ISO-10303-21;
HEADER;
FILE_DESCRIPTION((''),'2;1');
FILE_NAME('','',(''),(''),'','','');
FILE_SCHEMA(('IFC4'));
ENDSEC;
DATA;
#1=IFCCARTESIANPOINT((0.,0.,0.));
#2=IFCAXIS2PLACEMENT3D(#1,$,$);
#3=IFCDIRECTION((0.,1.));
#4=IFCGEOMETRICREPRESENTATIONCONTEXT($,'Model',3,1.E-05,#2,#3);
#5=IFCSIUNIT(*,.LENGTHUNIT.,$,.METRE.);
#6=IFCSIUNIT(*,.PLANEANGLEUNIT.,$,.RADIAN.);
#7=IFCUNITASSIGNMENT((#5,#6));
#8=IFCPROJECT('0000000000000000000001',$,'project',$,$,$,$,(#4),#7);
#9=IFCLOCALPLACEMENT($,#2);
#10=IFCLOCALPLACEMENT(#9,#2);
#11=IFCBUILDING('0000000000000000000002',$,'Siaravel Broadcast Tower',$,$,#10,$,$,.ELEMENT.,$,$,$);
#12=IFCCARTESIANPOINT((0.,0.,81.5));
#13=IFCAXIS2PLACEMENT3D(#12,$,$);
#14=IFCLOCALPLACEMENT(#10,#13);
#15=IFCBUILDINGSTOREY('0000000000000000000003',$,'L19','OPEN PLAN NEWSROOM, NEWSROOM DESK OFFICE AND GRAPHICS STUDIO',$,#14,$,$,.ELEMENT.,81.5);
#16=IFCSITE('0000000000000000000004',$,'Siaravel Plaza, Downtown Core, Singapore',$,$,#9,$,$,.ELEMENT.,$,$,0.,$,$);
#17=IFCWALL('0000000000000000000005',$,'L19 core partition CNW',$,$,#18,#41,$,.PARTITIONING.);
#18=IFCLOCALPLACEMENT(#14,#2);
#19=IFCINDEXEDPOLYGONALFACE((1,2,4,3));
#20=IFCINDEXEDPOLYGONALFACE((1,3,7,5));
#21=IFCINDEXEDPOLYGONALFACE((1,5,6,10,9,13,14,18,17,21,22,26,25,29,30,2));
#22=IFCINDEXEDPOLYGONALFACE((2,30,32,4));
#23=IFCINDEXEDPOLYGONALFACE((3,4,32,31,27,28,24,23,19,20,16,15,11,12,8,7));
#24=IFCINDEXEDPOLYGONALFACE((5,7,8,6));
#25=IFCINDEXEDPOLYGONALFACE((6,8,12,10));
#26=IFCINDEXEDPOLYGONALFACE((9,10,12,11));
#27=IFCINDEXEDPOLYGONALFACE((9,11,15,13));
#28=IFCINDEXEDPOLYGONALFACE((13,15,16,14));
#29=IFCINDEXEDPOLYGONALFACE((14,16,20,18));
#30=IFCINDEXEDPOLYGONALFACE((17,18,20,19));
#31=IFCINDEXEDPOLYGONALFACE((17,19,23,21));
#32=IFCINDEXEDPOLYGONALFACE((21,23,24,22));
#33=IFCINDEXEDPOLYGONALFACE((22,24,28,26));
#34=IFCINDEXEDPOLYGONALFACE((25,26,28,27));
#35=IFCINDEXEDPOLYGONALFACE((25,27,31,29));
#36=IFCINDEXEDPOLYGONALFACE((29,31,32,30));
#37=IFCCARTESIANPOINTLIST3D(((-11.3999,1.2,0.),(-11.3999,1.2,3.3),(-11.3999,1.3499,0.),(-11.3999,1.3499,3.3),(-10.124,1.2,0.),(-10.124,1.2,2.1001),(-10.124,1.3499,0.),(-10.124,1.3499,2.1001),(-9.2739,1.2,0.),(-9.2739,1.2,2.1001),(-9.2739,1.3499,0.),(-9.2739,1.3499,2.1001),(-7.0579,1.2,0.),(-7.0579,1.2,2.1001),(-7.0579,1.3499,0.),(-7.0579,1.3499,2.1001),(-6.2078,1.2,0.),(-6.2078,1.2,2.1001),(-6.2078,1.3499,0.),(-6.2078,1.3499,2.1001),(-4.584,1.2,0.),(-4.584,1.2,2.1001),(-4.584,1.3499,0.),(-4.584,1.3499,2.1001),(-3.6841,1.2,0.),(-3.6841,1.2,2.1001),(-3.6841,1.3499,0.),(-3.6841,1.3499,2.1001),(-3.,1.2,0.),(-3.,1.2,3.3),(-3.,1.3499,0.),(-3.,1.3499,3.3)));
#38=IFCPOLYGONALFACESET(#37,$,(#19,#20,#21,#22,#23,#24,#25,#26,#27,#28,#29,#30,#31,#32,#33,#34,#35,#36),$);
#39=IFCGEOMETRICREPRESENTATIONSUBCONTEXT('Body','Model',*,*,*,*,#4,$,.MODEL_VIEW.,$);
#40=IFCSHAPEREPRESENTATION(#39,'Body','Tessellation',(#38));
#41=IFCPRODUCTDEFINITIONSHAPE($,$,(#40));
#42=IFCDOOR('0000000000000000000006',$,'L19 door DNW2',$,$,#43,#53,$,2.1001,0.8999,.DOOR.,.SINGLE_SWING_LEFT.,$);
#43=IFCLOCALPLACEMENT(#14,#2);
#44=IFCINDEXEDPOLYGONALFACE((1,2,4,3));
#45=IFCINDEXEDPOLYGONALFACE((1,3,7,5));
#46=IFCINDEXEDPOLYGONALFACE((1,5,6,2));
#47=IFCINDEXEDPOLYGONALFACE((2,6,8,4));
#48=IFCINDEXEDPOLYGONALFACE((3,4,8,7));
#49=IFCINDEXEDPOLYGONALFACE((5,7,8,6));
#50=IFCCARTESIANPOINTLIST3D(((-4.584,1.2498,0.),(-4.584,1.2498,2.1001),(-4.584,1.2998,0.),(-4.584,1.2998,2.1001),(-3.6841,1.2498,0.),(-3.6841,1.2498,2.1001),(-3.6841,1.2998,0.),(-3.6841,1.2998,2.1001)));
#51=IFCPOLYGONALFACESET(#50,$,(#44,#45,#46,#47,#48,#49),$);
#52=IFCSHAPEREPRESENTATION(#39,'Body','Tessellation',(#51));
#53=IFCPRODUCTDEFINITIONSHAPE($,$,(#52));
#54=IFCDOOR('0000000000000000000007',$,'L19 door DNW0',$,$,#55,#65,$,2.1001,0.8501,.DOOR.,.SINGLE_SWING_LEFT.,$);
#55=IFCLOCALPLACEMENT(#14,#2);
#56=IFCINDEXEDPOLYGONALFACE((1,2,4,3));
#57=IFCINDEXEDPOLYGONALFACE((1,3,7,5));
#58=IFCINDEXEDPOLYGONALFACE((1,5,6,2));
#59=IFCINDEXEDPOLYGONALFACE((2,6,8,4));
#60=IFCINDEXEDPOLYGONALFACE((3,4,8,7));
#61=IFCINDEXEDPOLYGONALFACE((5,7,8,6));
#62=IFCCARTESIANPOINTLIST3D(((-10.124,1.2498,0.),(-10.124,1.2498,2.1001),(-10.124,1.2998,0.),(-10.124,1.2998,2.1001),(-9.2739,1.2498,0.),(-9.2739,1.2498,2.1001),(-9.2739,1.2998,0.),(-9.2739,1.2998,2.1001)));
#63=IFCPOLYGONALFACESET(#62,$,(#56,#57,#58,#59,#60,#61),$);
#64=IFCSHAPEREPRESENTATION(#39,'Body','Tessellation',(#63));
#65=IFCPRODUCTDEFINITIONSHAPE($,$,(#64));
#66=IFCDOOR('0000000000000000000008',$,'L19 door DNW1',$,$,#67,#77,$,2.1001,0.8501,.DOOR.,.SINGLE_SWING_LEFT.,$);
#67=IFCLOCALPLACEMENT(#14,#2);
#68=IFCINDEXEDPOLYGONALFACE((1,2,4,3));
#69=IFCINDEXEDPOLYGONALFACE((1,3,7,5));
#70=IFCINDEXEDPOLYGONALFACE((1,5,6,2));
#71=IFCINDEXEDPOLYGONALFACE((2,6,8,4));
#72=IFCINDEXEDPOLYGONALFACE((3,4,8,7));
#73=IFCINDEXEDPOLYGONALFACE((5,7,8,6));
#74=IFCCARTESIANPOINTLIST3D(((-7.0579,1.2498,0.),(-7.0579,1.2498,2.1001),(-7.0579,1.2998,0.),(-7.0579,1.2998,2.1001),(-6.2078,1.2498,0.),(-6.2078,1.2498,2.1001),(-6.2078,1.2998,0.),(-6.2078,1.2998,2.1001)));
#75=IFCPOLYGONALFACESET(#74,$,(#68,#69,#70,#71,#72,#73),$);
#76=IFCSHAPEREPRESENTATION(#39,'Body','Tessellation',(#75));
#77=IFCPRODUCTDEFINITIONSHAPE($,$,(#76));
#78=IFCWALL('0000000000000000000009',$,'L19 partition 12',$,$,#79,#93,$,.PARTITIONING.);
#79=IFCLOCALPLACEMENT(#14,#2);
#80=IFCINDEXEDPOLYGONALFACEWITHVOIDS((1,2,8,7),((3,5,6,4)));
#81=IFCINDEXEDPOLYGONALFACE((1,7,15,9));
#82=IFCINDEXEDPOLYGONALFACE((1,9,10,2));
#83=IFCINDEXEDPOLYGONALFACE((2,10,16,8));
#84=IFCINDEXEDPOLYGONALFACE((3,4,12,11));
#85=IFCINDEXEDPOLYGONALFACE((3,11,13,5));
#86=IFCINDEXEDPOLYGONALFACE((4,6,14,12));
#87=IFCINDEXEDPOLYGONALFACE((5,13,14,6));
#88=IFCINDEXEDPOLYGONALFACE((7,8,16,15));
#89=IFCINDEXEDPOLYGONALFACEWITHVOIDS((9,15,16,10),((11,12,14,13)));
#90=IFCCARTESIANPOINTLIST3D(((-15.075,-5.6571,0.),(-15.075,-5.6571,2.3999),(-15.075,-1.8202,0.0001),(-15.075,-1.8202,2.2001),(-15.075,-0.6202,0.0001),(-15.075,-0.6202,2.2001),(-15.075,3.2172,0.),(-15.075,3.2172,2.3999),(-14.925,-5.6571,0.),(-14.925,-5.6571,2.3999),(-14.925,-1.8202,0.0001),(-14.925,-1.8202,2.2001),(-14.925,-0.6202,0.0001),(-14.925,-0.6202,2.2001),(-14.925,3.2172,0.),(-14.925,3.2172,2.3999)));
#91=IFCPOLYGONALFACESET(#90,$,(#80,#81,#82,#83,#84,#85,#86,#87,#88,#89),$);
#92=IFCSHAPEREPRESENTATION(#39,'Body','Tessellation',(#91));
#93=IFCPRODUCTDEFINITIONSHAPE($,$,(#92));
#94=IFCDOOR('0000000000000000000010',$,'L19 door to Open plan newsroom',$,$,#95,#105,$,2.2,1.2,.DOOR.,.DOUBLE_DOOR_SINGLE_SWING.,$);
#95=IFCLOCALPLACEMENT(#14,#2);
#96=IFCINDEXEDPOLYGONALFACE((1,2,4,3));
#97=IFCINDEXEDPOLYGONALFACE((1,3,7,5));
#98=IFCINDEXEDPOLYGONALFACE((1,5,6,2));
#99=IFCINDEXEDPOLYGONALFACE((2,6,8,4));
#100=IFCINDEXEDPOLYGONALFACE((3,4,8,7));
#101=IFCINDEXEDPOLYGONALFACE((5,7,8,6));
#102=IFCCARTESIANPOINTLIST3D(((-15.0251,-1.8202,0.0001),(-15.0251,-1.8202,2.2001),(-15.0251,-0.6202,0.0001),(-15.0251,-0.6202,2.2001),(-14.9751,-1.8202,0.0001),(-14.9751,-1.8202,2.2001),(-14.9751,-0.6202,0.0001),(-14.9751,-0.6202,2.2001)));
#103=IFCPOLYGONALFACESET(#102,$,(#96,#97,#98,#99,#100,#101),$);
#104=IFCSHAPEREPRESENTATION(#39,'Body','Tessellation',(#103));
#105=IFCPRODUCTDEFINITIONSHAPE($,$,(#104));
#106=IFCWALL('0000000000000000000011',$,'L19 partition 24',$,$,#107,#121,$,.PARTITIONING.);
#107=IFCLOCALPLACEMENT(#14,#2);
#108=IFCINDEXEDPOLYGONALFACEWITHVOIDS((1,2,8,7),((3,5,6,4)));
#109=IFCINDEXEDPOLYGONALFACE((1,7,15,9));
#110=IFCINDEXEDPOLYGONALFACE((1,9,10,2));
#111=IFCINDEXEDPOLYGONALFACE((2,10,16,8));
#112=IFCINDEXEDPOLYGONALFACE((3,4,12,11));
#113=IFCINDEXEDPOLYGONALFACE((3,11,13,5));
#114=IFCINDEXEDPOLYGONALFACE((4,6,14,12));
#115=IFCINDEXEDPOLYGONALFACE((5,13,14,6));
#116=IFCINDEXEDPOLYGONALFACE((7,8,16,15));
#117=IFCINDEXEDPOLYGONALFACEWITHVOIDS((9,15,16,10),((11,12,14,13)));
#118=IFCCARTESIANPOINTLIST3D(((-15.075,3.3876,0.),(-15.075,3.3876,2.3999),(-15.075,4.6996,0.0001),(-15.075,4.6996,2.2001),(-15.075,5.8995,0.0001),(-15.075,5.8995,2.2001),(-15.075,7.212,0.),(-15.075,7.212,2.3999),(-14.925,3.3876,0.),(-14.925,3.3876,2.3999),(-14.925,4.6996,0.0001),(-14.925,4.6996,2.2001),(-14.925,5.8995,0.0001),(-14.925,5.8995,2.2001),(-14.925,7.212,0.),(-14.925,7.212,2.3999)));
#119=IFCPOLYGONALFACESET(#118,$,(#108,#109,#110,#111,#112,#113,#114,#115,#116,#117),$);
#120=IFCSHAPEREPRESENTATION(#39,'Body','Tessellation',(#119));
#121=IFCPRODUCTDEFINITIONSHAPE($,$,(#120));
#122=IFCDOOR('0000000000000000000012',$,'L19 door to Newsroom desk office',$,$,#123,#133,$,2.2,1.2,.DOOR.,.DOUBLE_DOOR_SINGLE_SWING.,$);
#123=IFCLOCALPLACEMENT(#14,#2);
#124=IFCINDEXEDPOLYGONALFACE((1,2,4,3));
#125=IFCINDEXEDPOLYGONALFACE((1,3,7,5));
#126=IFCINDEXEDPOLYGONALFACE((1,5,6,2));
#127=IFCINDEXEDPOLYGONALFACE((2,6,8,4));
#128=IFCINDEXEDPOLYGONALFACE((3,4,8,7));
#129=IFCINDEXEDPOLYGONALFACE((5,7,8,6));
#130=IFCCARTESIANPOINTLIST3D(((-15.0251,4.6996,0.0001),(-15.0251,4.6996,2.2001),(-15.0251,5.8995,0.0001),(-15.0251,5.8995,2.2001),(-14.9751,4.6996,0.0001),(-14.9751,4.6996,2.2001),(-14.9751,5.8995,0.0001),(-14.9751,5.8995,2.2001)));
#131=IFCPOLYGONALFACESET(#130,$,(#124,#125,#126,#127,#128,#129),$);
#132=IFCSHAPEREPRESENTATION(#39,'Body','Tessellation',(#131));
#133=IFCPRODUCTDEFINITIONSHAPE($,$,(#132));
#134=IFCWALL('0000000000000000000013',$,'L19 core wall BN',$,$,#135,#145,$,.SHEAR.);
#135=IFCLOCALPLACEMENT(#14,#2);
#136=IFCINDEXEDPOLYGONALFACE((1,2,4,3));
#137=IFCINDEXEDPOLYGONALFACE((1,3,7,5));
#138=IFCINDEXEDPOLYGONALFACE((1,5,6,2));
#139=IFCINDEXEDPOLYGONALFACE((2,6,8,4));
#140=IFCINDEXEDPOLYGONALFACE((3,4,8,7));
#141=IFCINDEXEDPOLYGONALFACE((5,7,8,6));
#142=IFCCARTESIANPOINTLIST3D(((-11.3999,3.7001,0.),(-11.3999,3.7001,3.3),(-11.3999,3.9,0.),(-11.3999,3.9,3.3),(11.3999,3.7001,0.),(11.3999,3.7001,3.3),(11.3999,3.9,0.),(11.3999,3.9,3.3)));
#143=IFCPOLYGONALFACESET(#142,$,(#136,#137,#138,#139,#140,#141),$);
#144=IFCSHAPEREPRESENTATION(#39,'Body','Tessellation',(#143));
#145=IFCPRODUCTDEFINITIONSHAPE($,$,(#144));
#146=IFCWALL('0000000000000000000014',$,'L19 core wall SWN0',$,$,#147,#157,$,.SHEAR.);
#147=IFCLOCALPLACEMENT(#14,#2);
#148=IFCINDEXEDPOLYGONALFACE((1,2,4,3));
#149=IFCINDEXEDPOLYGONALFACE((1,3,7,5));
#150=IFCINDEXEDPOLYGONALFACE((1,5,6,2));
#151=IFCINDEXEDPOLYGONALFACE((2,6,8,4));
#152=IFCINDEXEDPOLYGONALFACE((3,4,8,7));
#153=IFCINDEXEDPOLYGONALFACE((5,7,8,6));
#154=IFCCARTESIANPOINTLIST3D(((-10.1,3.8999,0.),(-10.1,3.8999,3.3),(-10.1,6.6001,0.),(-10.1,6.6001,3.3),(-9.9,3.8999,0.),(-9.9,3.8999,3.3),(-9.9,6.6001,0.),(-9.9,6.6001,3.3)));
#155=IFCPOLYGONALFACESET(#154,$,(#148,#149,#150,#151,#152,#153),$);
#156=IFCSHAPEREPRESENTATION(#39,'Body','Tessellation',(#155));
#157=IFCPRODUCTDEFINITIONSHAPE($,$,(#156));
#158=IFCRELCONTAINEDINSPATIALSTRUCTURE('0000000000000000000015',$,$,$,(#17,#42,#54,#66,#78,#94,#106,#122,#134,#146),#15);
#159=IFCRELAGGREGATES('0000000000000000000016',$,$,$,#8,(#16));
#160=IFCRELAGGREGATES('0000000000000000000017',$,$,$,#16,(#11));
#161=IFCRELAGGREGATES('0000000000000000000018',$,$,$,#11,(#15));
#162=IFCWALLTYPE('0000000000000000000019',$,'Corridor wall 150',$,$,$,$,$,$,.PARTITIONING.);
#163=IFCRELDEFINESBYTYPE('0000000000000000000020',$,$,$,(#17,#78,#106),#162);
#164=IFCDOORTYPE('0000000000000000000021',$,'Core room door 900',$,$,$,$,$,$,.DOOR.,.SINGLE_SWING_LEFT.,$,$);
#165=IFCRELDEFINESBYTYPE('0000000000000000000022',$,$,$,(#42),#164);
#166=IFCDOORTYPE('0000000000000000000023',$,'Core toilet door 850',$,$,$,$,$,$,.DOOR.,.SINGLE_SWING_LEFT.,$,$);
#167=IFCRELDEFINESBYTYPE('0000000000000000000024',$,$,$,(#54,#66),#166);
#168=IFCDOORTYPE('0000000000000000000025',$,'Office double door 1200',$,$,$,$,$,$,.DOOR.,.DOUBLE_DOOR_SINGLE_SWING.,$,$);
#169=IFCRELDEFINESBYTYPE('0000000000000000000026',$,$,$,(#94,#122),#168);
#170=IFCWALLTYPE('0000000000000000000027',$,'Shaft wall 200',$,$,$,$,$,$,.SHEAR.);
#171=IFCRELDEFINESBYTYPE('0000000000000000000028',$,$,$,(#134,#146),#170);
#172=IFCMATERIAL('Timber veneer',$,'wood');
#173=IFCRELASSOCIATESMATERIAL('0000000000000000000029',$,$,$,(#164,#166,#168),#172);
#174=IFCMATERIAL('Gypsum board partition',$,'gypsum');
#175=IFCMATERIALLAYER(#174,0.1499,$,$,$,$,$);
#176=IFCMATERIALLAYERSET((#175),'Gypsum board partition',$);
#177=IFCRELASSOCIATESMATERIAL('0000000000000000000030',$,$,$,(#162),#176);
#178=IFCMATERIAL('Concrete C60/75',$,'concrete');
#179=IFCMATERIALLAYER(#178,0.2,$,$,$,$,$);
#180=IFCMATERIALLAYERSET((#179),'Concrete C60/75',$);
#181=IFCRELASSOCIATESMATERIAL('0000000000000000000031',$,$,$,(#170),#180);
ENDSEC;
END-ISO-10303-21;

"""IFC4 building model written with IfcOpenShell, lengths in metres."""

from ifc_helpers import new_model, si_unit, direction, frame, frame_2d, origin, place, context, subcontext, project, spatial, rectangle, extrude, material, layer, layer_set, type_object, element, fill, save


model = new_model("IFC4")

# Units and contexts
model_context = context("Model", 3, precision=1e-05, world=origin(), true_north=direction((0.0, 1.0)))
body_context = subcontext(model_context, "Body", "Model", "MODEL_VIEW")
ifc_project = project(units=[si_unit("LENGTHUNIT", "METRE"), si_unit("PLANEANGLEUNIT", "RADIAN")], contexts=[model_context])

# Site, building, storey
site_placement = place(None, origin())
site = spatial("IfcSite", under=ifc_project, at=site_placement, Name="Siaravel Plaza, Downtown Core, Singapore", CompositionType="ELEMENT", RefElevation=0.0)
building_placement = place(site_placement, origin())
building = spatial("IfcBuilding", under=site, at=building_placement, Name="Siaravel Broadcast Tower", CompositionType="ELEMENT")
storey_placement = place(building_placement, frame((0.0, 0.0, 81.5)))
storey = spatial("IfcBuildingStorey", under=building, at=storey_placement, Name="L19", Description="OPEN PLAN NEWSROOM, NEWSROOM DESK OFFICE AND GRAPHICS STUDIO", CompositionType="ELEMENT", Elevation=81.5)

# Wall, openings, doors
ifc_material_1 = material(Name="Concrete C60/75", Category="concrete")
ifc_material_2 = material(Name="Timber veneer", Category="wood")
door_type_1 = type_object("IfcDoorType", Name="Core room door 900", OperationType="SINGLE_SWING_LEFT", PredefinedType="DOOR", material=ifc_material_2)
ifc_material_3 = material(Name="Gypsum board partition", Category="gypsum")
ifc_layer_1 = layer(ifc_material_3, 0.1499)
ifc_layer_set_1 = layer_set([ifc_layer_1], Name="Gypsum board partition")
wall_type_1 = type_object("IfcWallType", Name="Corridor wall 150", PredefinedType="PARTITIONING", material=ifc_layer_set_1)
wall_1_placement = place(storey_placement, frame((-11.3999, 1.2749, 0.0), z_axis=(0.0, 0.0, 1.0), x_axis=(1.0, 0.0, 0.0)))
wall_1 = element("IfcWall", 1, at=wall_1_placement, inside=storey, type_object=wall_type_1, Name="L19 core partition CNW", PredefinedType="PARTITIONING", context=body_context, shape_type="SweptSolid", body=[
    extrude(rectangle(XDim=8.3999, YDim=0.1499, at=frame_2d((4.2, 0.0))), origin(), (0.0, 0.0, 1.0), 3.3),
])
opening_1_placement = place(wall_1_placement, frame((1.2759, 0.0, 0.0)))
opening_1 = element("IfcOpeningElement", 2, at=opening_1_placement, cuts=wall_1, PredefinedType="OPENING", context=body_context, shape_type="SweptSolid", body=[
    extrude(rectangle(XDim=0.8501, YDim=2.1001, at=frame_2d((0.425, 1.05))), frame((0.0, 0.085, 0.0), z_axis=(0.0, -1.0, 0.0), x_axis=(1.0, 0.0, 0.0)), (0.0, 0.0, 1.0), 0.1699),
])
opening_2_placement = place(wall_1_placement, frame((4.342, 0.0, 0.0)))
opening_2 = element("IfcOpeningElement", 3, at=opening_2_placement, cuts=wall_1, PredefinedType="OPENING", context=body_context, shape_type="SweptSolid", body=[
    extrude(rectangle(XDim=0.8501, YDim=2.1001, at=frame_2d((0.425, 1.05))), frame((0.0, 0.085, 0.0), z_axis=(0.0, -1.0, 0.0), x_axis=(1.0, 0.0, 0.0)), (0.0, 0.0, 1.0), 0.1699),
])
opening_3_placement = place(wall_1_placement, frame((6.8159, 0.0, 0.0)))
opening_3 = element("IfcOpeningElement", 4, at=opening_3_placement, cuts=wall_1, PredefinedType="OPENING", context=body_context, shape_type="SweptSolid", body=[
    extrude(rectangle(XDim=0.8999, YDim=2.1001, at=frame_2d((0.45, 1.05))), frame((0.0, 0.085, 0.0), z_axis=(0.0, -1.0, 0.0), x_axis=(1.0, 0.0, 0.0)), (0.0, 0.0, 1.0), 0.1699),
])
door_1_placement = place(opening_3_placement, origin())
door_1 = element("IfcDoor", 5, at=door_1_placement, inside=storey, type_object=door_type_1, Name="L19 door DNW2", OperationType="SINGLE_SWING_LEFT", OverallHeight=2.1001, OverallWidth=0.8999, PredefinedType="DOOR", context=body_context, shape_type="SweptSolid", body=[
    extrude(rectangle(XDim=0.8999, YDim=2.1001, at=frame_2d((0.45, 1.05))), frame((0.0, 0.0249, 0.0), z_axis=(0.0, -1.0, 0.0), x_axis=(1.0, 0.0, 0.0)), (0.0, 0.0, 1.0), 0.05),
])
fill(opening_3, door_1)
door_type_2 = type_object("IfcDoorType", Name="Core toilet door 850", OperationType="SINGLE_SWING_LEFT", PredefinedType="DOOR", material=ifc_material_2)
door_2_placement = place(opening_1_placement, origin())
door_2 = element("IfcDoor", 6, at=door_2_placement, inside=storey, type_object=door_type_2, Name="L19 door DNW0", OperationType="SINGLE_SWING_LEFT", OverallHeight=2.1001, OverallWidth=0.8501, PredefinedType="DOOR", context=body_context, shape_type="SweptSolid", body=[
    extrude(rectangle(XDim=0.8501, YDim=2.1001, at=frame_2d((0.425, 1.05))), frame((0.0, 0.0249, 0.0), z_axis=(0.0, -1.0, 0.0), x_axis=(1.0, 0.0, 0.0)), (0.0, 0.0, 1.0), 0.05),
])
fill(opening_1, door_2)
door_3_placement = place(opening_2_placement, origin())
door_3 = element("IfcDoor", 7, at=door_3_placement, inside=storey, type_object=door_type_2, Name="L19 door DNW1", OperationType="SINGLE_SWING_LEFT", OverallHeight=2.1001, OverallWidth=0.8501, PredefinedType="DOOR", context=body_context, shape_type="SweptSolid", body=[
    extrude(rectangle(XDim=0.8501, YDim=2.1001, at=frame_2d((0.425, 1.05))), frame((0.0, 0.0249, 0.0), z_axis=(0.0, -1.0, 0.0), x_axis=(1.0, 0.0, 0.0)), (0.0, 0.0, 1.0), 0.05),
])
fill(opening_2, door_3)

# Walls, openings, doors
wall_2_placement = place(storey_placement, frame((-15.0, 3.217, 0.0), z_axis=(0.0, 0.0, 1.0), x_axis=(0.0, -1.0, 0.0)))
wall_2 = element("IfcWall", 8, at=wall_2_placement, inside=storey, type_object=wall_type_1, Name="L19 partition 12", PredefinedType="PARTITIONING", context=body_context, shape_type="SweptSolid", body=[
    extrude(rectangle(XDim=8.8743, YDim=0.1499, at=frame_2d((4.437, 0.0))), origin(), (0.0, 0.0, 1.0), 2.3999),
])
opening_4_placement = place(wall_2_placement, frame((3.8372, 0.0, 0.0)))
opening_4 = element("IfcOpeningElement", 9, at=opening_4_placement, cuts=wall_2, PredefinedType="OPENING", context=body_context, shape_type="SweptSolid", body=[
    extrude(rectangle(XDim=1.2, YDim=2.2, at=frame_2d((0.6001, 1.1001))), frame((0.0, 0.085, 0.0), z_axis=(0.0, -1.0, 0.0), x_axis=(1.0, 0.0, 0.0)), (0.0, 0.0, 1.0), 0.1699),
])
door_type_3 = type_object("IfcDoorType", Name="Office double door 1200", OperationType="DOUBLE_DOOR_SINGLE_SWING", PredefinedType="DOOR", material=ifc_material_2)
door_4_placement = place(opening_4_placement, origin())
door_4 = element("IfcDoor", 10, at=door_4_placement, inside=storey, type_object=door_type_3, Name="L19 door to Open plan newsroom", OperationType="DOUBLE_DOOR_SINGLE_SWING", OverallHeight=2.2, OverallWidth=1.2, PredefinedType="DOOR", context=body_context, shape_type="SweptSolid", body=[
    extrude(rectangle(XDim=1.2, YDim=2.2, at=frame_2d((0.6001, 1.1001))), frame((0.0, 0.0249, 0.0), z_axis=(0.0, -1.0, 0.0), x_axis=(1.0, 0.0, 0.0)), (0.0, 0.0, 1.0), 0.05),
])
fill(opening_4, door_4)
wall_3_placement = place(storey_placement, frame((-15.0, 7.2119, 0.0), z_axis=(0.0, 0.0, 1.0), x_axis=(0.0, -1.0, 0.0)))
wall_3 = element("IfcWall", 11, at=wall_3_placement, inside=storey, type_object=wall_type_1, Name="L19 partition 24", PredefinedType="PARTITIONING", context=body_context, shape_type="SweptSolid", body=[
    extrude(rectangle(XDim=3.8245, YDim=0.1499, at=frame_2d((1.9121, 0.0))), origin(), (0.0, 0.0, 1.0), 2.3999),
])
opening_5_placement = place(wall_3_placement, frame((1.3123, 0.0, 0.0)))
opening_5 = element("IfcOpeningElement", 12, at=opening_5_placement, cuts=wall_3, PredefinedType="OPENING", context=body_context, shape_type="SweptSolid", body=[
    extrude(rectangle(XDim=1.2, YDim=2.2, at=frame_2d((0.6001, 1.1001))), frame((0.0, 0.085, 0.0), z_axis=(0.0, -1.0, 0.0), x_axis=(1.0, 0.0, 0.0)), (0.0, 0.0, 1.0), 0.1699),
])
door_5_placement = place(opening_5_placement, origin())
door_5 = element("IfcDoor", 13, at=door_5_placement, inside=storey, type_object=door_type_3, Name="L19 door to Newsroom desk office", OperationType="DOUBLE_DOOR_SINGLE_SWING", OverallHeight=2.2, OverallWidth=1.2, PredefinedType="DOOR", context=body_context, shape_type="SweptSolid", body=[
    extrude(rectangle(XDim=1.2, YDim=2.2, at=frame_2d((0.6001, 1.1001))), frame((0.0, 0.0249, 0.0), z_axis=(0.0, -1.0, 0.0), x_axis=(1.0, 0.0, 0.0)), (0.0, 0.0, 1.0), 0.05),
])
fill(opening_5, door_5)

# Walls
ifc_layer_2 = layer(ifc_material_1, 0.2)
ifc_layer_set_2 = layer_set([ifc_layer_2], Name="Concrete C60/75")
wall_type_2 = type_object("IfcWallType", Name="Shaft wall 200", PredefinedType="SHEAR", material=ifc_layer_set_2)
wall_4_placement = place(storey_placement, frame((-11.3999, 3.8, 0.0), z_axis=(0.0, 0.0, 1.0), x_axis=(1.0, 0.0, 0.0)))
element("IfcWall", 14, at=wall_4_placement, inside=storey, type_object=wall_type_2, Name="L19 core wall BN", PredefinedType="SHEAR", context=body_context, shape_type="SweptSolid", body=[
    extrude(rectangle(XDim=22.7998, YDim=0.2, at=frame_2d((11.3999, 0.0))), origin(), (0.0, 0.0, 1.0), 3.3),
])
wall_5_placement = place(storey_placement, frame((-10.0, 3.8999, 0.0), z_axis=(0.0, 0.0, 1.0), x_axis=(0.0, 1.0, 0.0)))
element("IfcWall", 15, at=wall_5_placement, inside=storey, type_object=wall_type_2, Name="L19 core wall SWN0", PredefinedType="SHEAR", context=body_context, shape_type="SweptSolid", body=[
    extrude(rectangle(XDim=2.7002, YDim=0.2, at=frame_2d((1.3501, 0.0))), origin(), (0.0, 0.0, 1.0), 3.3),
])

save(model, "model.ifc")
